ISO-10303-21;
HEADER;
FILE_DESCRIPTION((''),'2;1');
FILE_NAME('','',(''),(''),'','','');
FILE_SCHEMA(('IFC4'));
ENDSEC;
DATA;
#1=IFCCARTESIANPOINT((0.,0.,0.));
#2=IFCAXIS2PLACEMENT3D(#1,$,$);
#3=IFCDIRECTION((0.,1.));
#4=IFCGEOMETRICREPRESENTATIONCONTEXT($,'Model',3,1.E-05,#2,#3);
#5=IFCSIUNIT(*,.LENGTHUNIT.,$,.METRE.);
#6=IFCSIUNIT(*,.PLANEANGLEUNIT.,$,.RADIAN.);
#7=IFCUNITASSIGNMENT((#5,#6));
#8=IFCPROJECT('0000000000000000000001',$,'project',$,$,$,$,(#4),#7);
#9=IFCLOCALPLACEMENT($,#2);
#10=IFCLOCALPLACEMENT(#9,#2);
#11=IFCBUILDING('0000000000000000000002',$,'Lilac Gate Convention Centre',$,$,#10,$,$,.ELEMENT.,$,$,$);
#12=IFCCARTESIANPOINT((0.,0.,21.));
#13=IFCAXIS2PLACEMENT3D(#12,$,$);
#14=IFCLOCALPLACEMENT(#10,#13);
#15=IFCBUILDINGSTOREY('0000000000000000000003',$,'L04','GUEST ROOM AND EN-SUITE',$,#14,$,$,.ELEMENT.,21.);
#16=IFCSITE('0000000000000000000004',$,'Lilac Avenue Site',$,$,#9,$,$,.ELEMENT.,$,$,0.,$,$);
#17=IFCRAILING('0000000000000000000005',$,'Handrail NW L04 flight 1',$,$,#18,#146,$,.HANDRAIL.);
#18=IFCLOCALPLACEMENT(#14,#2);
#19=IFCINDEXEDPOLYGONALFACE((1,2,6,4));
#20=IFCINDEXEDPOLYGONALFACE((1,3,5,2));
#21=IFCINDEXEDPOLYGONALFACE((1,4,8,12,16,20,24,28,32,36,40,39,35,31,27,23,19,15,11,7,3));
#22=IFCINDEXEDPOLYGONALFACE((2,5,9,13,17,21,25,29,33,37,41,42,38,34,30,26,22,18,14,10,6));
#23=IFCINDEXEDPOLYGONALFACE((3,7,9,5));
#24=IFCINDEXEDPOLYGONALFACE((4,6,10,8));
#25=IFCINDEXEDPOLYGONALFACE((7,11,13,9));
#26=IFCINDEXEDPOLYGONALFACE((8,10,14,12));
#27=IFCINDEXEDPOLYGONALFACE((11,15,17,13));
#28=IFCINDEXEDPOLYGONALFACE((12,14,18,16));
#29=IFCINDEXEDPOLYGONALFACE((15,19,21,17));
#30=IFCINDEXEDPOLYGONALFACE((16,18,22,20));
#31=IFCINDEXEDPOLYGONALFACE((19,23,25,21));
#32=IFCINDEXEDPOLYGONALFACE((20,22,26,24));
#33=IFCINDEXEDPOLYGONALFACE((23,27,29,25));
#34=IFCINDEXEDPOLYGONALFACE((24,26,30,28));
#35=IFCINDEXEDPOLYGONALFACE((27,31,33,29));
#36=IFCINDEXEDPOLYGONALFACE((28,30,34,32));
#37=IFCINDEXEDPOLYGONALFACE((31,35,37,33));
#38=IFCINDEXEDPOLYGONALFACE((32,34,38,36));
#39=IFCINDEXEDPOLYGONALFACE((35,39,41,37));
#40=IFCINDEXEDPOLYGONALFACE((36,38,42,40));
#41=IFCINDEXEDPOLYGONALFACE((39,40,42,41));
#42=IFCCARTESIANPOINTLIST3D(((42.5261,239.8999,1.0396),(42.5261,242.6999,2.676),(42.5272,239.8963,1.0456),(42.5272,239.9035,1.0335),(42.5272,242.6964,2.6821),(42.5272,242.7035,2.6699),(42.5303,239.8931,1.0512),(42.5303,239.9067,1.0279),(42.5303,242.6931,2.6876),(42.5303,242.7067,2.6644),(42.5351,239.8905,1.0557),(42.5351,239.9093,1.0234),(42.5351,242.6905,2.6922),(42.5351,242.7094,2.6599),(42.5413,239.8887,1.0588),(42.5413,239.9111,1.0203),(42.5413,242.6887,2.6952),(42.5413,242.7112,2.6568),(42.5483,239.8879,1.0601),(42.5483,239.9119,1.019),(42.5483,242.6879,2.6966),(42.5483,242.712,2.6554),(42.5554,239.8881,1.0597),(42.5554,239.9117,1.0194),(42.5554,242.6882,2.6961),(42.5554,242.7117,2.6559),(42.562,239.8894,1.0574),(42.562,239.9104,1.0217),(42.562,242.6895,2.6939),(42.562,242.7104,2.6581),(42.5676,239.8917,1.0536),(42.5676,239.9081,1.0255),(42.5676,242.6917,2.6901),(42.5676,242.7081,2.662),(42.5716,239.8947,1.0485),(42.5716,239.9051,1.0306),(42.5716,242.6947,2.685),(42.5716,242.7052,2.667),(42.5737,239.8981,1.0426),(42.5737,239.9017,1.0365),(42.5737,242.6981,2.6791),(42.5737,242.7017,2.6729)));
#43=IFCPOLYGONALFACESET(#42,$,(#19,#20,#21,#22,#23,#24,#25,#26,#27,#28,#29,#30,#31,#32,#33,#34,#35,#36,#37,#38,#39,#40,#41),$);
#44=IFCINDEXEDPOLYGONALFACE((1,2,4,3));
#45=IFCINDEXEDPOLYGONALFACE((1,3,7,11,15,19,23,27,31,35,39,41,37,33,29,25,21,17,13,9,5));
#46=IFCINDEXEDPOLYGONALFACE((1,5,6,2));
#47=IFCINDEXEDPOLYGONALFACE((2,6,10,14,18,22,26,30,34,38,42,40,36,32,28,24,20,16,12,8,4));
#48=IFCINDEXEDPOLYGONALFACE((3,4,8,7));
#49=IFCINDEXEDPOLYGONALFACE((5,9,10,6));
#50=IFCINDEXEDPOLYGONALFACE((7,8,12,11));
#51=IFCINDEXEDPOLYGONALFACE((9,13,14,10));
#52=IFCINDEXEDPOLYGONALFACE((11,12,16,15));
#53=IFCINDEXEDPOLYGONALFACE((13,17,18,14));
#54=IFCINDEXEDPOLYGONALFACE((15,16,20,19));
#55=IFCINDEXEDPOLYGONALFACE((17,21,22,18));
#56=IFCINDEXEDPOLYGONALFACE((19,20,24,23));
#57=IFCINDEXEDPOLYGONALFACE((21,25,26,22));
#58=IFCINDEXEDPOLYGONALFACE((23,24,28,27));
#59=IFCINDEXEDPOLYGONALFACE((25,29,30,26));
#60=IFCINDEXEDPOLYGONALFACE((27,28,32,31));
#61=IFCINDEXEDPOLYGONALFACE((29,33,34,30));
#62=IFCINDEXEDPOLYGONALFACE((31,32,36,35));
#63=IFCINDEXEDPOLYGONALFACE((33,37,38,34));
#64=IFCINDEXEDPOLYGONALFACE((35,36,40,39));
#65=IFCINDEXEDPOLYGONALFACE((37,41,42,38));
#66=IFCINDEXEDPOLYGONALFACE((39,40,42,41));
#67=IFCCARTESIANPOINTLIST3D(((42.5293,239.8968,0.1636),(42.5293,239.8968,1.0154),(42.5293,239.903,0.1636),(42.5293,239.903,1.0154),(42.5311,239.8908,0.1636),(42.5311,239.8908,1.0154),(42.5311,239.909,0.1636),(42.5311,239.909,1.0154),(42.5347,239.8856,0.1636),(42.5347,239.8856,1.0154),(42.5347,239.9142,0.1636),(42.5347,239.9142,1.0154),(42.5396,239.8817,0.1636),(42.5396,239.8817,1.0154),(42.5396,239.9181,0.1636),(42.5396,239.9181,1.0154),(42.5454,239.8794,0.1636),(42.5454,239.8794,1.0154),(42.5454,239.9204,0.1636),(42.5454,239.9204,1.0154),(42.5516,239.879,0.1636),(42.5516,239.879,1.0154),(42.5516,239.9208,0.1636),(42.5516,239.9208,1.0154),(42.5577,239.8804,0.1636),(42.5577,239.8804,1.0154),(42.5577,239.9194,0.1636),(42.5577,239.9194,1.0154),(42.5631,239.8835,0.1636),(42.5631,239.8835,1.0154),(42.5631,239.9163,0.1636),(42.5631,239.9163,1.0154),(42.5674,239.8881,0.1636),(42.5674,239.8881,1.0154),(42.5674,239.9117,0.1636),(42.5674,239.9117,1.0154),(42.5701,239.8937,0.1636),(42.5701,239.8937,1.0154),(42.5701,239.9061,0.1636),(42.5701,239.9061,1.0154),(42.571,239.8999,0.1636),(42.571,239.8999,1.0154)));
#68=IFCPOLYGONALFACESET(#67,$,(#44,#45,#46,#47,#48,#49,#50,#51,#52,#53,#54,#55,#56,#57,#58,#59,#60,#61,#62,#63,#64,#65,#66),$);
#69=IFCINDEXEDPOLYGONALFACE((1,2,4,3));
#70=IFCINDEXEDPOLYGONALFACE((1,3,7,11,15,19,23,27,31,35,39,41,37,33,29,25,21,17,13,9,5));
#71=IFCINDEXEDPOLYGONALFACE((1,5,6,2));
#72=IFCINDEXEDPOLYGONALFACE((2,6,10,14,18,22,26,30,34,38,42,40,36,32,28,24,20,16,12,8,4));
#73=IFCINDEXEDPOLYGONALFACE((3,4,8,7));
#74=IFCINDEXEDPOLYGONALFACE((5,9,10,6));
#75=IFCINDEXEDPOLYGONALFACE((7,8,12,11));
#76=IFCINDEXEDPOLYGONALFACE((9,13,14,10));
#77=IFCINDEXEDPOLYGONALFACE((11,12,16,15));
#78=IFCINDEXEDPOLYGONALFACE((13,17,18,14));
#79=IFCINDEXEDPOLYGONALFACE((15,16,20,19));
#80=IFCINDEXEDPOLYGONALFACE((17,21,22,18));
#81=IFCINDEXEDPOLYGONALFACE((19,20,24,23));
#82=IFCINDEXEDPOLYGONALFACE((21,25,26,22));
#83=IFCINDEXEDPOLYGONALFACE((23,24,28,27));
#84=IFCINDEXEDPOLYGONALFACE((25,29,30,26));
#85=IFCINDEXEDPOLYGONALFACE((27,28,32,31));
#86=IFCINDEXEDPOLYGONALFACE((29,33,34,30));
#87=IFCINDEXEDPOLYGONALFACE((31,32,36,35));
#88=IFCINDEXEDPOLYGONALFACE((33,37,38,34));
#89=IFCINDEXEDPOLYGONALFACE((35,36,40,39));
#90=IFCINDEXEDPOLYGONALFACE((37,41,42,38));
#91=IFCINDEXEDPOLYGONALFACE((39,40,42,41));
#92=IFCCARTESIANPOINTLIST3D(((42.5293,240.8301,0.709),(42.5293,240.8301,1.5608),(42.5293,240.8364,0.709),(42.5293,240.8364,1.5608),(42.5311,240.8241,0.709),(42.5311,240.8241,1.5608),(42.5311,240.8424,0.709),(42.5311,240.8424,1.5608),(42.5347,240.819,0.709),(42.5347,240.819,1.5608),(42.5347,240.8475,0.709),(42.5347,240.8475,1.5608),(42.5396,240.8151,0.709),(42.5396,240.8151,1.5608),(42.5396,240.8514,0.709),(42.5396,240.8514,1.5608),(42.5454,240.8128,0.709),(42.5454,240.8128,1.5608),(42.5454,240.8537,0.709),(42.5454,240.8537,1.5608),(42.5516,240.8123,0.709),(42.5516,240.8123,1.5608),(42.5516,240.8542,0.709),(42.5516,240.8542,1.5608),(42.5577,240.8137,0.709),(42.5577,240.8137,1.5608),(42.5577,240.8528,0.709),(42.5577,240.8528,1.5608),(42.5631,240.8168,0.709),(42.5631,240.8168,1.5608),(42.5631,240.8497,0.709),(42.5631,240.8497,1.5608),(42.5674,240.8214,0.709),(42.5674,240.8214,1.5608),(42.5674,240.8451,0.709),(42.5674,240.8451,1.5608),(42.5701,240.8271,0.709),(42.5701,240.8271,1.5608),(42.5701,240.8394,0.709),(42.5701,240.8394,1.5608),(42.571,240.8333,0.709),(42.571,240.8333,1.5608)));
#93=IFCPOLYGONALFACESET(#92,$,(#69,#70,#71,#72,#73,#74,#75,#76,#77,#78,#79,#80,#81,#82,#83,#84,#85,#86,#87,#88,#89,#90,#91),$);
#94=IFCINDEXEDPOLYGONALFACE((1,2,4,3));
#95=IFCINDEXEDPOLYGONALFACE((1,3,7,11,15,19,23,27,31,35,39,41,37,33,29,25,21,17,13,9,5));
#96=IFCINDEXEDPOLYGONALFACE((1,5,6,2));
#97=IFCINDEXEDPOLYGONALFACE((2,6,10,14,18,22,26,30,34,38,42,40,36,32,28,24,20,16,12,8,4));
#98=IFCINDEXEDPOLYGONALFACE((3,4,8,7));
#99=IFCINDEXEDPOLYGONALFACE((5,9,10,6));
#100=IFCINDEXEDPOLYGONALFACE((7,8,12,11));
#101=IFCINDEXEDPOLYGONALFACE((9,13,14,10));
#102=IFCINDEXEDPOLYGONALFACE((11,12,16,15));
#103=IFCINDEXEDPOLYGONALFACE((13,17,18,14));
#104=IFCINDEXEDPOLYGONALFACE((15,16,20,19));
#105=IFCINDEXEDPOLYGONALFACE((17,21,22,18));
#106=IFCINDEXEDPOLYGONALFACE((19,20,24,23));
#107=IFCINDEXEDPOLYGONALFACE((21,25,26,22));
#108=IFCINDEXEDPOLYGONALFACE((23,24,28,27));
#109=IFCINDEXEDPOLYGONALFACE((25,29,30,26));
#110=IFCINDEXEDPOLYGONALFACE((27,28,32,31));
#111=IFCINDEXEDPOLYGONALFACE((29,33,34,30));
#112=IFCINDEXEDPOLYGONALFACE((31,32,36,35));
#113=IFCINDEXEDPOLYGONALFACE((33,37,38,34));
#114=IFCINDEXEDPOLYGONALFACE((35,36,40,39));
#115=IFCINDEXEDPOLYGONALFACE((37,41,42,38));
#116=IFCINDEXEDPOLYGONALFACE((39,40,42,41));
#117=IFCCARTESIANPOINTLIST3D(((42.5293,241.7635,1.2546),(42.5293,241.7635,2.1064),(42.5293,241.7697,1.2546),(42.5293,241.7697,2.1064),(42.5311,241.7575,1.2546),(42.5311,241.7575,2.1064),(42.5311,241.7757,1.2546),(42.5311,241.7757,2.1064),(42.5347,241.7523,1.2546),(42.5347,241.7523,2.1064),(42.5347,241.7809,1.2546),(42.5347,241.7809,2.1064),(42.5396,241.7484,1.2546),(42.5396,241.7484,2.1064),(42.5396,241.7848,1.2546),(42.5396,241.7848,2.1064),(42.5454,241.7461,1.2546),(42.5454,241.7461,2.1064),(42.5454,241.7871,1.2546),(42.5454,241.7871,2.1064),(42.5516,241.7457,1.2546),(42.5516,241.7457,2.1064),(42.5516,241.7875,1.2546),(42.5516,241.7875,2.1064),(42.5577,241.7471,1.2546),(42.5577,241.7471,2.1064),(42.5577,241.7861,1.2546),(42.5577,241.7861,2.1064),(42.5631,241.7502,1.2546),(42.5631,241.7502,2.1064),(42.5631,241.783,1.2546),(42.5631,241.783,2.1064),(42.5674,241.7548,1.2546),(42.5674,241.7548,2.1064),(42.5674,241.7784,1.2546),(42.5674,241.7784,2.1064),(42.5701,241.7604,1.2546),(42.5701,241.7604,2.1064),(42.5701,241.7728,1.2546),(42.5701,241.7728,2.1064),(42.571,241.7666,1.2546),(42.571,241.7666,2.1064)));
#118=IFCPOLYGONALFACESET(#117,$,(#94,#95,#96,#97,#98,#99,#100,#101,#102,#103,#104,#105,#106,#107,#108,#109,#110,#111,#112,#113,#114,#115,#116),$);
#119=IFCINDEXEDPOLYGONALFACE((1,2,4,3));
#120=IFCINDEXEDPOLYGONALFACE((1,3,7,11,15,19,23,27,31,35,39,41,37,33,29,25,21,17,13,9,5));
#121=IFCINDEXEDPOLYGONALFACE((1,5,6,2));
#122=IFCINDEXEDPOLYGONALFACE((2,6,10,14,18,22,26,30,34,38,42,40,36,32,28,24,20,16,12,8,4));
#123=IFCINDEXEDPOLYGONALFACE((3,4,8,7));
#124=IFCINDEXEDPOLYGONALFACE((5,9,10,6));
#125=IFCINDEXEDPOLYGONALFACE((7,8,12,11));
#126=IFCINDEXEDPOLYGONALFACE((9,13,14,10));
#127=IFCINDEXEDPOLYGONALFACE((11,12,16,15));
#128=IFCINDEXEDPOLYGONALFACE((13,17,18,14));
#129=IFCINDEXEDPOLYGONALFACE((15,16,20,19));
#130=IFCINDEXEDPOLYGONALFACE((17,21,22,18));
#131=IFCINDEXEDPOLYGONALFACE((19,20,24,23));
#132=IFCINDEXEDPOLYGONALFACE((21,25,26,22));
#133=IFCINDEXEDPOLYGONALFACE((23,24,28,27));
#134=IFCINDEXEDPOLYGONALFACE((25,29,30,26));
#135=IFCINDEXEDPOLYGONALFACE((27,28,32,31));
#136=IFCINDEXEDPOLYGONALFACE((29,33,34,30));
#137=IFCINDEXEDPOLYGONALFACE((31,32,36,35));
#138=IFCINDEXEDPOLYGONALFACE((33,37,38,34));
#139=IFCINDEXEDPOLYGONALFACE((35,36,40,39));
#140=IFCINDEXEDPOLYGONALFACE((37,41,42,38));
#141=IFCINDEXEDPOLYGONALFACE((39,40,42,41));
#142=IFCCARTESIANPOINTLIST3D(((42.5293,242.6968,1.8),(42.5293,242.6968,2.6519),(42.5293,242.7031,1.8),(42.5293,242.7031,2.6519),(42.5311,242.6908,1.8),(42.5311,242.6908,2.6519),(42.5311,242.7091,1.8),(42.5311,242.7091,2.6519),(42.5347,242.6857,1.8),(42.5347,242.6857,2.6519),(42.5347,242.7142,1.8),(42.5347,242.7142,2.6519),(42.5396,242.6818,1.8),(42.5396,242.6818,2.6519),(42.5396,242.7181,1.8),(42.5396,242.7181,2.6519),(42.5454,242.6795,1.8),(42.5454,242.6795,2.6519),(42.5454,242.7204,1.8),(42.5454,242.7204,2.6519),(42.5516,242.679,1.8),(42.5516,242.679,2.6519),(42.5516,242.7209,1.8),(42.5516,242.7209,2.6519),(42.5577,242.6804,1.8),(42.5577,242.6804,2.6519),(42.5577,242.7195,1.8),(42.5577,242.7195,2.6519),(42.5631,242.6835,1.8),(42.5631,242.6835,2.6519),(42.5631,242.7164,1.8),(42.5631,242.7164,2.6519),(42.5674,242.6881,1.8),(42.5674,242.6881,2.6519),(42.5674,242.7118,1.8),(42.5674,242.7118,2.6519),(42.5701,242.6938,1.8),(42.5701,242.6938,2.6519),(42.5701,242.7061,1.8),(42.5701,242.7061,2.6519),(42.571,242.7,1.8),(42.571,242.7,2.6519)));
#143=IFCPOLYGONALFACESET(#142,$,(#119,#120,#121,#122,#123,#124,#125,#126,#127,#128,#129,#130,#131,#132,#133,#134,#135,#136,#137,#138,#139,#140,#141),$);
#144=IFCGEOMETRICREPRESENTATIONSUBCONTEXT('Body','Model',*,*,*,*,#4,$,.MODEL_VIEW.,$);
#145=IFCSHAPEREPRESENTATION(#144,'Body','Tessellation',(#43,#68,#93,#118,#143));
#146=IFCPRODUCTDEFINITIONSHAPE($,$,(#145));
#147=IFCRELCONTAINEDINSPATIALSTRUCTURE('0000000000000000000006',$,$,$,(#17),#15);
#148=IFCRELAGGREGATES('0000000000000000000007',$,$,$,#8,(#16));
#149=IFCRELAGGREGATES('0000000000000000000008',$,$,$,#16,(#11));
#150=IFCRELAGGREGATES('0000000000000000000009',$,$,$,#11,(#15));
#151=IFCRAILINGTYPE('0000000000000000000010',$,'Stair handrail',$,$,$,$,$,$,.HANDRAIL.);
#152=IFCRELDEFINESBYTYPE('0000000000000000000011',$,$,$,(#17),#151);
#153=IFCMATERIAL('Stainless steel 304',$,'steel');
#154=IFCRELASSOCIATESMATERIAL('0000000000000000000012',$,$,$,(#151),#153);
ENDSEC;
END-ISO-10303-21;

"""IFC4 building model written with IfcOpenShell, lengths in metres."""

from ifc_helpers import new_model, si_unit, direction, frame, origin, origin_2d, place, context, subcontext, project, spatial, circle, extrude, material, type_object, element, save


model = new_model("IFC4")

# Units and contexts
model_context = context("Model", 3, precision=1e-05, world=origin(), true_north=direction((0.0, 1.0)))
body_context = subcontext(model_context, "Body", "Model", "MODEL_VIEW")
ifc_project = project(units=[si_unit("LENGTHUNIT", "METRE"), si_unit("PLANEANGLEUNIT", "RADIAN")], contexts=[model_context])

# Site, building, storey
site_placement = place(None, origin())
site = spatial("IfcSite", under=ifc_project, at=site_placement, Name="Lilac Avenue Site", CompositionType="ELEMENT", RefElevation=0.0)
building_placement = place(site_placement, origin())
building = spatial("IfcBuilding", under=site, at=building_placement, Name="Lilac Gate Convention Centre", CompositionType="ELEMENT")
storey_placement = place(building_placement, frame((0.0, 0.0, 21.0)))
storey = spatial("IfcBuildingStorey", under=building, at=storey_placement, Name="L04", Description="GUEST ROOM AND EN-SUITE", CompositionType="ELEMENT", Elevation=21.0)

# Railing
ifc_material_1 = material(Name="Stainless steel 304", Category="steel")
railing_type = type_object("IfcRailingType", Name="Stair handrail", PredefinedType="HANDRAIL", material=ifc_material_1)
for number, where, name in (
    (1, (42.55, 239.8999, 0.1636), "Handrail NW L04 flight 1"),
):
    element("IfcRailing", number, at=place(storey_placement, frame(where)), inside=storey, type_object=railing_type, Name=name, PredefinedType="HANDRAIL", context=body_context, shape_type="SweptSolid", body=[
        extrude(circle(Radius=0.0239, at=origin_2d()), frame((0.0, 0.0, 0.876), z_axis=(0.0, 0.863361, 0.504587), x_axis=(-1.0, 0.0, 0.0)), (0.0, 0.0, 1.0), 3.2432),
        extrude(circle(Radius=0.021, at=origin_2d()), origin(), (0.0, 0.0, 1.0), 0.8518),
        extrude(circle(Radius=0.021, at=origin_2d()), frame((0.0, 0.9333, 0.5454)), (0.0, 0.0, 1.0), 0.8518),
        extrude(circle(Radius=0.021, at=origin_2d()), frame((0.0, 1.8667, 1.0911)), (0.0, 0.0, 1.0), 0.8518),
        extrude(circle(Radius=0.021, at=origin_2d()), frame((0.0, 2.8, 1.6365)), (0.0, 0.0, 1.0), 0.8518),
    ])

save(model, "model.ifc")
